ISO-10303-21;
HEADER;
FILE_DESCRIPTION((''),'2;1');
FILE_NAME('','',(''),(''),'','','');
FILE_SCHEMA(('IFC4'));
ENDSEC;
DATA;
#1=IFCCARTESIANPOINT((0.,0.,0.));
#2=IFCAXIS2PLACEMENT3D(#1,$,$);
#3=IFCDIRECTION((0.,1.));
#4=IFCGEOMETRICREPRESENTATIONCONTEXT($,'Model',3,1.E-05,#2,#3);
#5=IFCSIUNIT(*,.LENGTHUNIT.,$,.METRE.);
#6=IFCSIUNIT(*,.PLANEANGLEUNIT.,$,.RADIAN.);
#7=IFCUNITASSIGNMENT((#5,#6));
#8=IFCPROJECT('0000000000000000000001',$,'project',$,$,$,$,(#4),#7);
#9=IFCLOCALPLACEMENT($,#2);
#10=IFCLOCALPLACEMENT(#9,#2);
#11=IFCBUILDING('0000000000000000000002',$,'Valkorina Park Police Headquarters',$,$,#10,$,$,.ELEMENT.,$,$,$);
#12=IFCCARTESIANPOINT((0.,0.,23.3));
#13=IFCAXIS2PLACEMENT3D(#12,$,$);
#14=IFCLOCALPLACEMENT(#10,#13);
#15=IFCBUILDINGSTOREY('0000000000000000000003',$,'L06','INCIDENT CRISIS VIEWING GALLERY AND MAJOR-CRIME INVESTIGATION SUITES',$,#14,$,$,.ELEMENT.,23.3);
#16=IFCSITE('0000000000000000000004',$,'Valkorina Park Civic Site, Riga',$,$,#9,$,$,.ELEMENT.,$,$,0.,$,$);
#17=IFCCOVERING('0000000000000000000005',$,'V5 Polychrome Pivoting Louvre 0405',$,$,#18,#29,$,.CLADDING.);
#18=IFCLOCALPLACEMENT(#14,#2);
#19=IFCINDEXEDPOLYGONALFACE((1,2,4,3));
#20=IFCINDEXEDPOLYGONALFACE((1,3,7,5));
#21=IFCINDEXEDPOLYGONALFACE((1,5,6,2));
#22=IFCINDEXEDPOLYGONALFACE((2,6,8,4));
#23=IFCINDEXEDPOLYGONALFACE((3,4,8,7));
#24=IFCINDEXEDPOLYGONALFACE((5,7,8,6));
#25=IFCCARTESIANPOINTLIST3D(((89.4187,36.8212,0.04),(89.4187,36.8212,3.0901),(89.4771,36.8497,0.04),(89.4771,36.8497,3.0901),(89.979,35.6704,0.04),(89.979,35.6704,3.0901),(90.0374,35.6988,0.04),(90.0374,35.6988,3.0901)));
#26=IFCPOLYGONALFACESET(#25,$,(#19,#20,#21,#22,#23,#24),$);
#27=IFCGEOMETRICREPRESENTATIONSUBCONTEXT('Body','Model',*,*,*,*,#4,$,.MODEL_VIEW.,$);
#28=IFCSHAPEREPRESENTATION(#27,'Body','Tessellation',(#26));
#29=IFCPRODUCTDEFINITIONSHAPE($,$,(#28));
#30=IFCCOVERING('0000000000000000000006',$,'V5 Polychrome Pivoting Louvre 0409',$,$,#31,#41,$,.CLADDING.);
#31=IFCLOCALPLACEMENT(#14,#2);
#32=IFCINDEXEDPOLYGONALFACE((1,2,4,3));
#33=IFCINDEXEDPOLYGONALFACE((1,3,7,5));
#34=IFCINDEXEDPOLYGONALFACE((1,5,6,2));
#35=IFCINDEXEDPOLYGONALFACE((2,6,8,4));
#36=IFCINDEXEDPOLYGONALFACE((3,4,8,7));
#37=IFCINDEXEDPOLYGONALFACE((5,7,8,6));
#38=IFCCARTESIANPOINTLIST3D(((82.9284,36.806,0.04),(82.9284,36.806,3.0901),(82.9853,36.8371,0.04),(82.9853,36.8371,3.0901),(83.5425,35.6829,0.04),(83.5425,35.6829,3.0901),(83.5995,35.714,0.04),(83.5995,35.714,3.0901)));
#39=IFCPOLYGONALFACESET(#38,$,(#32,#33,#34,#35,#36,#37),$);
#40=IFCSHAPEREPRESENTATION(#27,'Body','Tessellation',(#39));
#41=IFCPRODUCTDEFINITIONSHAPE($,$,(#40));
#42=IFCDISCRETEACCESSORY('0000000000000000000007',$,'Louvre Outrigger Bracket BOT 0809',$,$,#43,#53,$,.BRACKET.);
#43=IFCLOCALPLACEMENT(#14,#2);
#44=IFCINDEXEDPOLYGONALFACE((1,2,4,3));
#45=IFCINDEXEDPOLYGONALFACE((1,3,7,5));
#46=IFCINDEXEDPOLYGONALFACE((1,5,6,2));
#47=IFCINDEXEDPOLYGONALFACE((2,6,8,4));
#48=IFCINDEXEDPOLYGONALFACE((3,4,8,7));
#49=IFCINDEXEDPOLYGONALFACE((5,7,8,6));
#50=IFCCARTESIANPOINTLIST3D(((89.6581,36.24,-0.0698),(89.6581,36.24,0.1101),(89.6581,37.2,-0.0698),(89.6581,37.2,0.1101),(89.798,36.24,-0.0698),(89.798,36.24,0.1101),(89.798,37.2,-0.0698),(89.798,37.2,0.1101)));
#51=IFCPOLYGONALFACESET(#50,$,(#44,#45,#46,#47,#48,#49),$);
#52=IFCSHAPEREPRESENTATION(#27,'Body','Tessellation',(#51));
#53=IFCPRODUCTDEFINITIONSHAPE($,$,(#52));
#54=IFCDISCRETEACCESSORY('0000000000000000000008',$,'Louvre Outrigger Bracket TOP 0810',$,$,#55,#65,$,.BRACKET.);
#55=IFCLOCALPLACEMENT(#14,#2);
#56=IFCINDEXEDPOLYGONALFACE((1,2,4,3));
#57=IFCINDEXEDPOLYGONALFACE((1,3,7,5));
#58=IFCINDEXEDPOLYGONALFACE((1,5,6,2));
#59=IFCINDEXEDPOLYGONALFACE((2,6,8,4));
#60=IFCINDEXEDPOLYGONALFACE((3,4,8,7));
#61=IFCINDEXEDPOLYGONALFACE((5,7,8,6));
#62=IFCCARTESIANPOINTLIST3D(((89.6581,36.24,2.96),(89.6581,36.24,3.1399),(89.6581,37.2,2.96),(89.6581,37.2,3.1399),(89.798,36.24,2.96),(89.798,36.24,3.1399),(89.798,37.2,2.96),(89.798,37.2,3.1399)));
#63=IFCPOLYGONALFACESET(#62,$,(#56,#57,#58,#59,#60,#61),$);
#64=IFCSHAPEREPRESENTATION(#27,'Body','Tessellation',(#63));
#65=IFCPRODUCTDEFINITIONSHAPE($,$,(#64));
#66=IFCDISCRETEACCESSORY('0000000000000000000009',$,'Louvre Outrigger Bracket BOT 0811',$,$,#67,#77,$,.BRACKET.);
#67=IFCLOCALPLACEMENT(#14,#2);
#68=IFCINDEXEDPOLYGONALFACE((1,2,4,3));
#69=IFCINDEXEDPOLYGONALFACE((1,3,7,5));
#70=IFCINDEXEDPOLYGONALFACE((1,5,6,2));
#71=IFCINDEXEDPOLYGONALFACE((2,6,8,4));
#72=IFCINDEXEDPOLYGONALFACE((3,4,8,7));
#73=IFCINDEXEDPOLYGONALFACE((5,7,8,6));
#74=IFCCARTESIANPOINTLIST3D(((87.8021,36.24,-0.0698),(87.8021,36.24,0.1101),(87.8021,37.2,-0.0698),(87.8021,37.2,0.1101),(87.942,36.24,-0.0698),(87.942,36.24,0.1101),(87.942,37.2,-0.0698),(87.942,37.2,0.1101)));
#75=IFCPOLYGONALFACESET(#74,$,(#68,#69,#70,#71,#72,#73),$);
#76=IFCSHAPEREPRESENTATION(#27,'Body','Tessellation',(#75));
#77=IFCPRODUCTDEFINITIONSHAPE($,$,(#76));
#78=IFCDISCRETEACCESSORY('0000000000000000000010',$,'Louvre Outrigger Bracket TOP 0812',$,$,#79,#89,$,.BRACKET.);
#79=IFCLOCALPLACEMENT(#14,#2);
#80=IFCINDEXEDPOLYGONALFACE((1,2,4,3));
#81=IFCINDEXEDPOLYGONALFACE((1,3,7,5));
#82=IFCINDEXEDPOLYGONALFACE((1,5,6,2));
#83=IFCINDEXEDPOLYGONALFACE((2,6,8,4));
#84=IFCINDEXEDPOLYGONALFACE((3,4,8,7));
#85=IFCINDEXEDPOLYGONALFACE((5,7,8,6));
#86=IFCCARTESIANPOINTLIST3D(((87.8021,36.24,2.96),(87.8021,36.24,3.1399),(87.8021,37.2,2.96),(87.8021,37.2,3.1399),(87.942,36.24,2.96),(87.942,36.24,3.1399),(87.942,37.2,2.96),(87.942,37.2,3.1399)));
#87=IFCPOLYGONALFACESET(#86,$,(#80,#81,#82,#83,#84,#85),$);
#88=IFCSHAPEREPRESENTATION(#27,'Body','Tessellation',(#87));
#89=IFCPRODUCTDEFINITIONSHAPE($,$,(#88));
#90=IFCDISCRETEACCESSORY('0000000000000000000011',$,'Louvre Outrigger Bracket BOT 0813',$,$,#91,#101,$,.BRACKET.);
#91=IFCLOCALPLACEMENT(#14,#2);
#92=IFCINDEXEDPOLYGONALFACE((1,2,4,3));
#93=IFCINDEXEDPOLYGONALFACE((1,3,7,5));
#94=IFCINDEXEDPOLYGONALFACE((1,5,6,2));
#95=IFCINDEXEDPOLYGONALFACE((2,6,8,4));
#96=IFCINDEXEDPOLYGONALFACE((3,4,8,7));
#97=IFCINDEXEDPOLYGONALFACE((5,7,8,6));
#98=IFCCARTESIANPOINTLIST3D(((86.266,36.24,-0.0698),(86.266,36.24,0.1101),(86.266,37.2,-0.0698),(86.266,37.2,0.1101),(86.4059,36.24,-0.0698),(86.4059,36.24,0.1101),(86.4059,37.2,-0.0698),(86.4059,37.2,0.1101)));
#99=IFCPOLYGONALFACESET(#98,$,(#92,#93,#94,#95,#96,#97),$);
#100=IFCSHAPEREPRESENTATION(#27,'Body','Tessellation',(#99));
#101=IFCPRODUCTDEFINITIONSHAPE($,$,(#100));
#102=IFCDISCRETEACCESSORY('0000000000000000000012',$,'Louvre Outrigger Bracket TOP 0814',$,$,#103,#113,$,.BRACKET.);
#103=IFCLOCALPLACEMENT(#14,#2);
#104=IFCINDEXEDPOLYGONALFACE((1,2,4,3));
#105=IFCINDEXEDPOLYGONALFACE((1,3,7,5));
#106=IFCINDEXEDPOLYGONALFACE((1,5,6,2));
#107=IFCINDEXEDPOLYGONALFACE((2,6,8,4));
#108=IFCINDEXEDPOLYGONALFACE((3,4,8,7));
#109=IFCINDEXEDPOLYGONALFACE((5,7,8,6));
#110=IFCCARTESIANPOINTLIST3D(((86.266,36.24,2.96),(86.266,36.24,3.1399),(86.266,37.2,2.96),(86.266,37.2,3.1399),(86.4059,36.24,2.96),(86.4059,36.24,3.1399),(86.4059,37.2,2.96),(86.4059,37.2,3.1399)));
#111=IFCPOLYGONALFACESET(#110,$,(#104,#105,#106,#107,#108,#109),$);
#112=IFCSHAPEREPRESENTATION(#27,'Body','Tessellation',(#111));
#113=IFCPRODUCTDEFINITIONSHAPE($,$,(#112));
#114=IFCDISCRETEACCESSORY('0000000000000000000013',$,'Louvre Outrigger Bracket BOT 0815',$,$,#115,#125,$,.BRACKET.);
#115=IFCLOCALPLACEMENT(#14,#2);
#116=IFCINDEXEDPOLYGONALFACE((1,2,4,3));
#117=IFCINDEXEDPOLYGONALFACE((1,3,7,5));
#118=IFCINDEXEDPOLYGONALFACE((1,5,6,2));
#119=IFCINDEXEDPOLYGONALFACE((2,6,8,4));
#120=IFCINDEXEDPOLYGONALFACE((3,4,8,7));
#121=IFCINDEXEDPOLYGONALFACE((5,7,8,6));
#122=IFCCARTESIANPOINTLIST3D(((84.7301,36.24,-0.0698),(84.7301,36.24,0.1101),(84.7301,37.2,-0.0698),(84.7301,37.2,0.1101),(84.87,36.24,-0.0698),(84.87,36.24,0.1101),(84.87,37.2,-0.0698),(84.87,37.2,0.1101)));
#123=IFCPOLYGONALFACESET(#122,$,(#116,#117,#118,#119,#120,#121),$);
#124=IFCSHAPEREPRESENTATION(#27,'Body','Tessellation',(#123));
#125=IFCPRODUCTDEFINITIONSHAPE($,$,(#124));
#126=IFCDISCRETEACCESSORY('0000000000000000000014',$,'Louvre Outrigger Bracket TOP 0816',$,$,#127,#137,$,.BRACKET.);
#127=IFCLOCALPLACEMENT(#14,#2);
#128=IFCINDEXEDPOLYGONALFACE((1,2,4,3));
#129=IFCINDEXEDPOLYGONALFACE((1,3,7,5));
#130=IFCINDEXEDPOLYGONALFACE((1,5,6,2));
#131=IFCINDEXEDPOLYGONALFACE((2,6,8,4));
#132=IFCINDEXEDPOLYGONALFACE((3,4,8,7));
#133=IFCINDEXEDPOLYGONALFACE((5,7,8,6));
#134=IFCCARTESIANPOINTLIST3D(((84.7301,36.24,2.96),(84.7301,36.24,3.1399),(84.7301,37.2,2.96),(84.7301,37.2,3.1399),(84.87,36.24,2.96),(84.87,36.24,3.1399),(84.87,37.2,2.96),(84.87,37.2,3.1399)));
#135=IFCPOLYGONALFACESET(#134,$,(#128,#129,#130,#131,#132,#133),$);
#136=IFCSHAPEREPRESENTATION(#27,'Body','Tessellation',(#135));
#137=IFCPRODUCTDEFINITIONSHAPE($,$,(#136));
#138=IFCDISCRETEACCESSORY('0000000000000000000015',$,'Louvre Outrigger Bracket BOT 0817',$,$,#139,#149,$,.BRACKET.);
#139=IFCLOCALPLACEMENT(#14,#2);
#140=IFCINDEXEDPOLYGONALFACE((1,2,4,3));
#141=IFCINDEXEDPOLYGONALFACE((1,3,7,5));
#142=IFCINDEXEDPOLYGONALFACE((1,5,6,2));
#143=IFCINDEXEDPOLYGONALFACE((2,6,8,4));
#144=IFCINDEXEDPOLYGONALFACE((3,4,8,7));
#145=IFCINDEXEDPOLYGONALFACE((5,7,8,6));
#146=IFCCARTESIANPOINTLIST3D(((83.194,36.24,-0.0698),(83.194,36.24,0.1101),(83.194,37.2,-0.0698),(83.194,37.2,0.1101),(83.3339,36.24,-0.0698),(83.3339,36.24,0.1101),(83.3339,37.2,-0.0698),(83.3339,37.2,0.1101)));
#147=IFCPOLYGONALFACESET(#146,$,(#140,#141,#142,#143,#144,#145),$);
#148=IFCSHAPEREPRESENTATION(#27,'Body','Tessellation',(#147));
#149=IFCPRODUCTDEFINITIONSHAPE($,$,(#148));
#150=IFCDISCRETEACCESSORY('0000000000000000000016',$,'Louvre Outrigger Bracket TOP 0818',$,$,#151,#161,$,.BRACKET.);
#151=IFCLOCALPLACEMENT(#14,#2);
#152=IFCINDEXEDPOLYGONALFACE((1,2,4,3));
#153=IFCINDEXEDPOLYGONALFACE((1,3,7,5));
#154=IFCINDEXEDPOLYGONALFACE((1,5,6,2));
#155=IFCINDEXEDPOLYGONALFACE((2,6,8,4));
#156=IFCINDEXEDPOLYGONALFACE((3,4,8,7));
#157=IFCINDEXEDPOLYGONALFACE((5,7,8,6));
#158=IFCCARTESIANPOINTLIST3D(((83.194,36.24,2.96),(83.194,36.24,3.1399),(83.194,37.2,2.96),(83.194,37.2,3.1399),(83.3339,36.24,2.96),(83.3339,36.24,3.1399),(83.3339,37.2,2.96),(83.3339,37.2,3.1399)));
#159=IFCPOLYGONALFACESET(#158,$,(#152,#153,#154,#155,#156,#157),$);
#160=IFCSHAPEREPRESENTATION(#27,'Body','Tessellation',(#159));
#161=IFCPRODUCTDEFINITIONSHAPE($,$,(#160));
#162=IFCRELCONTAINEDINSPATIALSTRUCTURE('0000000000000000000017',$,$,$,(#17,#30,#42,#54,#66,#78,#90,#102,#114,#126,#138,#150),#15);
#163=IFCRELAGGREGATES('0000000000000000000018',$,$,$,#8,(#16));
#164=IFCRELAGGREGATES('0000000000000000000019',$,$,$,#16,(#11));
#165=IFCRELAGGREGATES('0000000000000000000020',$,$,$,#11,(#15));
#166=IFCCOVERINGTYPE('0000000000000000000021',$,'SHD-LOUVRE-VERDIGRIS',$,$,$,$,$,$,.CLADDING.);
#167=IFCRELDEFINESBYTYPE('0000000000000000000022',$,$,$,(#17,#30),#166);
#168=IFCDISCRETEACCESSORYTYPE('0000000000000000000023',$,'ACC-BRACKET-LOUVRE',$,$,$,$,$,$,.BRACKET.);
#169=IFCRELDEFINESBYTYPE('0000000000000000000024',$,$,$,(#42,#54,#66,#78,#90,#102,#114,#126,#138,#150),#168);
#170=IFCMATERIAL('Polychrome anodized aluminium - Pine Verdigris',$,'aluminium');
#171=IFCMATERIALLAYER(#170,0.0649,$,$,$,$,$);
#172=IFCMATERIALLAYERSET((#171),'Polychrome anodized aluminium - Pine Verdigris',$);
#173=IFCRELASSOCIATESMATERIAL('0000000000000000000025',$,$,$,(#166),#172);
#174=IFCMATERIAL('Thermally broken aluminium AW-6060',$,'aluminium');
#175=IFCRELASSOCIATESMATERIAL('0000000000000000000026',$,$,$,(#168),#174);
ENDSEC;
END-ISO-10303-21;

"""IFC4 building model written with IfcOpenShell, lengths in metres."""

from ifc_helpers import new_model, si_unit, direction, frame, origin, origin_2d, place, context, subcontext, project, spatial, rectangle, extrude, material, layer, layer_set, type_object, element, save


model = new_model("IFC4")

# Units and contexts
model_context = context("Model", 3, precision=1e-05, world=origin(), true_north=direction((0.0, 1.0)))
body_context = subcontext(model_context, "Body", "Model", "MODEL_VIEW")
ifc_project = project(units=[si_unit("LENGTHUNIT", "METRE"), si_unit("PLANEANGLEUNIT", "RADIAN")], contexts=[model_context])

# Site, building, storey
site_placement = place(None, origin())
site = spatial("IfcSite", under=ifc_project, at=site_placement, Name="Valkorina Park Civic Site, Riga", CompositionType="ELEMENT", RefElevation=0.0)
building_placement = place(site_placement, origin())
building = spatial("IfcBuilding", under=site, at=building_placement, Name="Valkorina Park Police Headquarters", CompositionType="ELEMENT")
storey_placement = place(building_placement, frame((0.0, 0.0, 23.3)))
storey = spatial("IfcBuildingStorey", under=building, at=storey_placement, Name="L06", Description="INCIDENT CRISIS VIEWING GALLERY AND MAJOR-CRIME INVESTIGATION SUITES", CompositionType="ELEMENT", Elevation=23.3)

# Shared definitions
ifc_material_1 = material(Name="Thermally broken aluminium AW-6060", Category="aluminium")

# Coverings
ifc_material_2 = material(Name="Polychrome anodized aluminium - Pine Verdigris", Category="aluminium")
ifc_layer_1 = layer(ifc_material_2, 0.0649)
ifc_layer_set_1 = layer_set([ifc_layer_1], Name="Polychrome anodized aluminium - Pine Verdigris")
covering_type_1 = type_object("IfcCoveringType", Name="SHD-LOUVRE-VERDIGRIS", PredefinedType="CLADDING", material=ifc_layer_set_1)
for number, where, z_axis, x_axis, name in (
    (1, (89.728, 36.26, 0.04), (0.0, 0.0, 1.0), (0.437744, -0.8991, 0.0), "V5 Polychrome Pivoting Louvre 0405"),
    (2, (83.2639, 36.26, 0.04), (0.0, 0.0, 1.0), (0.479764, -0.877397, 0.0), "V5 Polychrome Pivoting Louvre 0409"),
):
    element("IfcCovering", number, at=place(storey_placement, frame(where, z_axis=z_axis, x_axis=x_axis)), inside=storey, type_object=covering_type_1, Name=name, PredefinedType="CLADDING", context=body_context, shape_type="SweptSolid", body=[
        extrude(rectangle(XDim=1.28, YDim=0.0649, at=origin_2d()), origin(), (0.0, 0.0, 1.0), 3.05),
    ])

# Discrete accessories
discrete_accessory_type = type_object("IfcDiscreteAccessoryType", Name="ACC-BRACKET-LOUVRE", PredefinedType="BRACKET", material=ifc_material_1)
for number, where, z_axis, x_axis, name in (
    (3, (89.728, 36.72, -0.0698), (0.0, 0.0, 1.0), (0.0, -1.0, 0.0), "Louvre Outrigger Bracket BOT 0809"),
    (4, (89.728, 36.72, 2.96), (0.0, 0.0, 1.0), (0.0, -1.0, 0.0), "Louvre Outrigger Bracket TOP 0810"),
    (5, (87.8721, 36.72, -0.0698), (0.0, 0.0, 1.0), (0.0, -1.0, 0.0), "Louvre Outrigger Bracket BOT 0811"),
    (6, (87.8721, 36.72, 2.96), (0.0, 0.0, 1.0), (0.0, -1.0, 0.0), "Louvre Outrigger Bracket TOP 0812"),
    (7, (86.3359, 36.72, -0.0698), (0.0, 0.0, 1.0), (0.0, -1.0, 0.0), "Louvre Outrigger Bracket BOT 0813"),
    (8, (86.3359, 36.72, 2.96), (0.0, 0.0, 1.0), (0.0, -1.0, 0.0), "Louvre Outrigger Bracket TOP 0814"),
    (9, (84.8, 36.72, -0.0698), (0.0, 0.0, 1.0), (0.0, -1.0, 0.0), "Louvre Outrigger Bracket BOT 0815"),
    (10, (84.8, 36.72, 2.96), (0.0, 0.0, 1.0), (0.0, -1.0, 0.0), "Louvre Outrigger Bracket TOP 0816"),
    (11, (83.2639, 36.72, -0.0698), (0.0, 0.0, 1.0), (0.0, -1.0, 0.0), "Louvre Outrigger Bracket BOT 0817"),
    (12, (83.2639, 36.72, 2.96), (0.0, 0.0, 1.0), (0.0, -1.0, 0.0), "Louvre Outrigger Bracket TOP 0818"),
):
    element("IfcDiscreteAccessory", number, at=place(storey_placement, frame(where, z_axis=z_axis, x_axis=x_axis)), inside=storey, type_object=discrete_accessory_type, Name=name, PredefinedType="BRACKET", context=body_context, shape_type="SweptSolid", body=[
        extrude(rectangle(XDim=0.96, YDim=0.1399, at=origin_2d()), origin(), (0.0, 0.0, 1.0), 0.1799),
    ])

save(model, "model.ifc")
